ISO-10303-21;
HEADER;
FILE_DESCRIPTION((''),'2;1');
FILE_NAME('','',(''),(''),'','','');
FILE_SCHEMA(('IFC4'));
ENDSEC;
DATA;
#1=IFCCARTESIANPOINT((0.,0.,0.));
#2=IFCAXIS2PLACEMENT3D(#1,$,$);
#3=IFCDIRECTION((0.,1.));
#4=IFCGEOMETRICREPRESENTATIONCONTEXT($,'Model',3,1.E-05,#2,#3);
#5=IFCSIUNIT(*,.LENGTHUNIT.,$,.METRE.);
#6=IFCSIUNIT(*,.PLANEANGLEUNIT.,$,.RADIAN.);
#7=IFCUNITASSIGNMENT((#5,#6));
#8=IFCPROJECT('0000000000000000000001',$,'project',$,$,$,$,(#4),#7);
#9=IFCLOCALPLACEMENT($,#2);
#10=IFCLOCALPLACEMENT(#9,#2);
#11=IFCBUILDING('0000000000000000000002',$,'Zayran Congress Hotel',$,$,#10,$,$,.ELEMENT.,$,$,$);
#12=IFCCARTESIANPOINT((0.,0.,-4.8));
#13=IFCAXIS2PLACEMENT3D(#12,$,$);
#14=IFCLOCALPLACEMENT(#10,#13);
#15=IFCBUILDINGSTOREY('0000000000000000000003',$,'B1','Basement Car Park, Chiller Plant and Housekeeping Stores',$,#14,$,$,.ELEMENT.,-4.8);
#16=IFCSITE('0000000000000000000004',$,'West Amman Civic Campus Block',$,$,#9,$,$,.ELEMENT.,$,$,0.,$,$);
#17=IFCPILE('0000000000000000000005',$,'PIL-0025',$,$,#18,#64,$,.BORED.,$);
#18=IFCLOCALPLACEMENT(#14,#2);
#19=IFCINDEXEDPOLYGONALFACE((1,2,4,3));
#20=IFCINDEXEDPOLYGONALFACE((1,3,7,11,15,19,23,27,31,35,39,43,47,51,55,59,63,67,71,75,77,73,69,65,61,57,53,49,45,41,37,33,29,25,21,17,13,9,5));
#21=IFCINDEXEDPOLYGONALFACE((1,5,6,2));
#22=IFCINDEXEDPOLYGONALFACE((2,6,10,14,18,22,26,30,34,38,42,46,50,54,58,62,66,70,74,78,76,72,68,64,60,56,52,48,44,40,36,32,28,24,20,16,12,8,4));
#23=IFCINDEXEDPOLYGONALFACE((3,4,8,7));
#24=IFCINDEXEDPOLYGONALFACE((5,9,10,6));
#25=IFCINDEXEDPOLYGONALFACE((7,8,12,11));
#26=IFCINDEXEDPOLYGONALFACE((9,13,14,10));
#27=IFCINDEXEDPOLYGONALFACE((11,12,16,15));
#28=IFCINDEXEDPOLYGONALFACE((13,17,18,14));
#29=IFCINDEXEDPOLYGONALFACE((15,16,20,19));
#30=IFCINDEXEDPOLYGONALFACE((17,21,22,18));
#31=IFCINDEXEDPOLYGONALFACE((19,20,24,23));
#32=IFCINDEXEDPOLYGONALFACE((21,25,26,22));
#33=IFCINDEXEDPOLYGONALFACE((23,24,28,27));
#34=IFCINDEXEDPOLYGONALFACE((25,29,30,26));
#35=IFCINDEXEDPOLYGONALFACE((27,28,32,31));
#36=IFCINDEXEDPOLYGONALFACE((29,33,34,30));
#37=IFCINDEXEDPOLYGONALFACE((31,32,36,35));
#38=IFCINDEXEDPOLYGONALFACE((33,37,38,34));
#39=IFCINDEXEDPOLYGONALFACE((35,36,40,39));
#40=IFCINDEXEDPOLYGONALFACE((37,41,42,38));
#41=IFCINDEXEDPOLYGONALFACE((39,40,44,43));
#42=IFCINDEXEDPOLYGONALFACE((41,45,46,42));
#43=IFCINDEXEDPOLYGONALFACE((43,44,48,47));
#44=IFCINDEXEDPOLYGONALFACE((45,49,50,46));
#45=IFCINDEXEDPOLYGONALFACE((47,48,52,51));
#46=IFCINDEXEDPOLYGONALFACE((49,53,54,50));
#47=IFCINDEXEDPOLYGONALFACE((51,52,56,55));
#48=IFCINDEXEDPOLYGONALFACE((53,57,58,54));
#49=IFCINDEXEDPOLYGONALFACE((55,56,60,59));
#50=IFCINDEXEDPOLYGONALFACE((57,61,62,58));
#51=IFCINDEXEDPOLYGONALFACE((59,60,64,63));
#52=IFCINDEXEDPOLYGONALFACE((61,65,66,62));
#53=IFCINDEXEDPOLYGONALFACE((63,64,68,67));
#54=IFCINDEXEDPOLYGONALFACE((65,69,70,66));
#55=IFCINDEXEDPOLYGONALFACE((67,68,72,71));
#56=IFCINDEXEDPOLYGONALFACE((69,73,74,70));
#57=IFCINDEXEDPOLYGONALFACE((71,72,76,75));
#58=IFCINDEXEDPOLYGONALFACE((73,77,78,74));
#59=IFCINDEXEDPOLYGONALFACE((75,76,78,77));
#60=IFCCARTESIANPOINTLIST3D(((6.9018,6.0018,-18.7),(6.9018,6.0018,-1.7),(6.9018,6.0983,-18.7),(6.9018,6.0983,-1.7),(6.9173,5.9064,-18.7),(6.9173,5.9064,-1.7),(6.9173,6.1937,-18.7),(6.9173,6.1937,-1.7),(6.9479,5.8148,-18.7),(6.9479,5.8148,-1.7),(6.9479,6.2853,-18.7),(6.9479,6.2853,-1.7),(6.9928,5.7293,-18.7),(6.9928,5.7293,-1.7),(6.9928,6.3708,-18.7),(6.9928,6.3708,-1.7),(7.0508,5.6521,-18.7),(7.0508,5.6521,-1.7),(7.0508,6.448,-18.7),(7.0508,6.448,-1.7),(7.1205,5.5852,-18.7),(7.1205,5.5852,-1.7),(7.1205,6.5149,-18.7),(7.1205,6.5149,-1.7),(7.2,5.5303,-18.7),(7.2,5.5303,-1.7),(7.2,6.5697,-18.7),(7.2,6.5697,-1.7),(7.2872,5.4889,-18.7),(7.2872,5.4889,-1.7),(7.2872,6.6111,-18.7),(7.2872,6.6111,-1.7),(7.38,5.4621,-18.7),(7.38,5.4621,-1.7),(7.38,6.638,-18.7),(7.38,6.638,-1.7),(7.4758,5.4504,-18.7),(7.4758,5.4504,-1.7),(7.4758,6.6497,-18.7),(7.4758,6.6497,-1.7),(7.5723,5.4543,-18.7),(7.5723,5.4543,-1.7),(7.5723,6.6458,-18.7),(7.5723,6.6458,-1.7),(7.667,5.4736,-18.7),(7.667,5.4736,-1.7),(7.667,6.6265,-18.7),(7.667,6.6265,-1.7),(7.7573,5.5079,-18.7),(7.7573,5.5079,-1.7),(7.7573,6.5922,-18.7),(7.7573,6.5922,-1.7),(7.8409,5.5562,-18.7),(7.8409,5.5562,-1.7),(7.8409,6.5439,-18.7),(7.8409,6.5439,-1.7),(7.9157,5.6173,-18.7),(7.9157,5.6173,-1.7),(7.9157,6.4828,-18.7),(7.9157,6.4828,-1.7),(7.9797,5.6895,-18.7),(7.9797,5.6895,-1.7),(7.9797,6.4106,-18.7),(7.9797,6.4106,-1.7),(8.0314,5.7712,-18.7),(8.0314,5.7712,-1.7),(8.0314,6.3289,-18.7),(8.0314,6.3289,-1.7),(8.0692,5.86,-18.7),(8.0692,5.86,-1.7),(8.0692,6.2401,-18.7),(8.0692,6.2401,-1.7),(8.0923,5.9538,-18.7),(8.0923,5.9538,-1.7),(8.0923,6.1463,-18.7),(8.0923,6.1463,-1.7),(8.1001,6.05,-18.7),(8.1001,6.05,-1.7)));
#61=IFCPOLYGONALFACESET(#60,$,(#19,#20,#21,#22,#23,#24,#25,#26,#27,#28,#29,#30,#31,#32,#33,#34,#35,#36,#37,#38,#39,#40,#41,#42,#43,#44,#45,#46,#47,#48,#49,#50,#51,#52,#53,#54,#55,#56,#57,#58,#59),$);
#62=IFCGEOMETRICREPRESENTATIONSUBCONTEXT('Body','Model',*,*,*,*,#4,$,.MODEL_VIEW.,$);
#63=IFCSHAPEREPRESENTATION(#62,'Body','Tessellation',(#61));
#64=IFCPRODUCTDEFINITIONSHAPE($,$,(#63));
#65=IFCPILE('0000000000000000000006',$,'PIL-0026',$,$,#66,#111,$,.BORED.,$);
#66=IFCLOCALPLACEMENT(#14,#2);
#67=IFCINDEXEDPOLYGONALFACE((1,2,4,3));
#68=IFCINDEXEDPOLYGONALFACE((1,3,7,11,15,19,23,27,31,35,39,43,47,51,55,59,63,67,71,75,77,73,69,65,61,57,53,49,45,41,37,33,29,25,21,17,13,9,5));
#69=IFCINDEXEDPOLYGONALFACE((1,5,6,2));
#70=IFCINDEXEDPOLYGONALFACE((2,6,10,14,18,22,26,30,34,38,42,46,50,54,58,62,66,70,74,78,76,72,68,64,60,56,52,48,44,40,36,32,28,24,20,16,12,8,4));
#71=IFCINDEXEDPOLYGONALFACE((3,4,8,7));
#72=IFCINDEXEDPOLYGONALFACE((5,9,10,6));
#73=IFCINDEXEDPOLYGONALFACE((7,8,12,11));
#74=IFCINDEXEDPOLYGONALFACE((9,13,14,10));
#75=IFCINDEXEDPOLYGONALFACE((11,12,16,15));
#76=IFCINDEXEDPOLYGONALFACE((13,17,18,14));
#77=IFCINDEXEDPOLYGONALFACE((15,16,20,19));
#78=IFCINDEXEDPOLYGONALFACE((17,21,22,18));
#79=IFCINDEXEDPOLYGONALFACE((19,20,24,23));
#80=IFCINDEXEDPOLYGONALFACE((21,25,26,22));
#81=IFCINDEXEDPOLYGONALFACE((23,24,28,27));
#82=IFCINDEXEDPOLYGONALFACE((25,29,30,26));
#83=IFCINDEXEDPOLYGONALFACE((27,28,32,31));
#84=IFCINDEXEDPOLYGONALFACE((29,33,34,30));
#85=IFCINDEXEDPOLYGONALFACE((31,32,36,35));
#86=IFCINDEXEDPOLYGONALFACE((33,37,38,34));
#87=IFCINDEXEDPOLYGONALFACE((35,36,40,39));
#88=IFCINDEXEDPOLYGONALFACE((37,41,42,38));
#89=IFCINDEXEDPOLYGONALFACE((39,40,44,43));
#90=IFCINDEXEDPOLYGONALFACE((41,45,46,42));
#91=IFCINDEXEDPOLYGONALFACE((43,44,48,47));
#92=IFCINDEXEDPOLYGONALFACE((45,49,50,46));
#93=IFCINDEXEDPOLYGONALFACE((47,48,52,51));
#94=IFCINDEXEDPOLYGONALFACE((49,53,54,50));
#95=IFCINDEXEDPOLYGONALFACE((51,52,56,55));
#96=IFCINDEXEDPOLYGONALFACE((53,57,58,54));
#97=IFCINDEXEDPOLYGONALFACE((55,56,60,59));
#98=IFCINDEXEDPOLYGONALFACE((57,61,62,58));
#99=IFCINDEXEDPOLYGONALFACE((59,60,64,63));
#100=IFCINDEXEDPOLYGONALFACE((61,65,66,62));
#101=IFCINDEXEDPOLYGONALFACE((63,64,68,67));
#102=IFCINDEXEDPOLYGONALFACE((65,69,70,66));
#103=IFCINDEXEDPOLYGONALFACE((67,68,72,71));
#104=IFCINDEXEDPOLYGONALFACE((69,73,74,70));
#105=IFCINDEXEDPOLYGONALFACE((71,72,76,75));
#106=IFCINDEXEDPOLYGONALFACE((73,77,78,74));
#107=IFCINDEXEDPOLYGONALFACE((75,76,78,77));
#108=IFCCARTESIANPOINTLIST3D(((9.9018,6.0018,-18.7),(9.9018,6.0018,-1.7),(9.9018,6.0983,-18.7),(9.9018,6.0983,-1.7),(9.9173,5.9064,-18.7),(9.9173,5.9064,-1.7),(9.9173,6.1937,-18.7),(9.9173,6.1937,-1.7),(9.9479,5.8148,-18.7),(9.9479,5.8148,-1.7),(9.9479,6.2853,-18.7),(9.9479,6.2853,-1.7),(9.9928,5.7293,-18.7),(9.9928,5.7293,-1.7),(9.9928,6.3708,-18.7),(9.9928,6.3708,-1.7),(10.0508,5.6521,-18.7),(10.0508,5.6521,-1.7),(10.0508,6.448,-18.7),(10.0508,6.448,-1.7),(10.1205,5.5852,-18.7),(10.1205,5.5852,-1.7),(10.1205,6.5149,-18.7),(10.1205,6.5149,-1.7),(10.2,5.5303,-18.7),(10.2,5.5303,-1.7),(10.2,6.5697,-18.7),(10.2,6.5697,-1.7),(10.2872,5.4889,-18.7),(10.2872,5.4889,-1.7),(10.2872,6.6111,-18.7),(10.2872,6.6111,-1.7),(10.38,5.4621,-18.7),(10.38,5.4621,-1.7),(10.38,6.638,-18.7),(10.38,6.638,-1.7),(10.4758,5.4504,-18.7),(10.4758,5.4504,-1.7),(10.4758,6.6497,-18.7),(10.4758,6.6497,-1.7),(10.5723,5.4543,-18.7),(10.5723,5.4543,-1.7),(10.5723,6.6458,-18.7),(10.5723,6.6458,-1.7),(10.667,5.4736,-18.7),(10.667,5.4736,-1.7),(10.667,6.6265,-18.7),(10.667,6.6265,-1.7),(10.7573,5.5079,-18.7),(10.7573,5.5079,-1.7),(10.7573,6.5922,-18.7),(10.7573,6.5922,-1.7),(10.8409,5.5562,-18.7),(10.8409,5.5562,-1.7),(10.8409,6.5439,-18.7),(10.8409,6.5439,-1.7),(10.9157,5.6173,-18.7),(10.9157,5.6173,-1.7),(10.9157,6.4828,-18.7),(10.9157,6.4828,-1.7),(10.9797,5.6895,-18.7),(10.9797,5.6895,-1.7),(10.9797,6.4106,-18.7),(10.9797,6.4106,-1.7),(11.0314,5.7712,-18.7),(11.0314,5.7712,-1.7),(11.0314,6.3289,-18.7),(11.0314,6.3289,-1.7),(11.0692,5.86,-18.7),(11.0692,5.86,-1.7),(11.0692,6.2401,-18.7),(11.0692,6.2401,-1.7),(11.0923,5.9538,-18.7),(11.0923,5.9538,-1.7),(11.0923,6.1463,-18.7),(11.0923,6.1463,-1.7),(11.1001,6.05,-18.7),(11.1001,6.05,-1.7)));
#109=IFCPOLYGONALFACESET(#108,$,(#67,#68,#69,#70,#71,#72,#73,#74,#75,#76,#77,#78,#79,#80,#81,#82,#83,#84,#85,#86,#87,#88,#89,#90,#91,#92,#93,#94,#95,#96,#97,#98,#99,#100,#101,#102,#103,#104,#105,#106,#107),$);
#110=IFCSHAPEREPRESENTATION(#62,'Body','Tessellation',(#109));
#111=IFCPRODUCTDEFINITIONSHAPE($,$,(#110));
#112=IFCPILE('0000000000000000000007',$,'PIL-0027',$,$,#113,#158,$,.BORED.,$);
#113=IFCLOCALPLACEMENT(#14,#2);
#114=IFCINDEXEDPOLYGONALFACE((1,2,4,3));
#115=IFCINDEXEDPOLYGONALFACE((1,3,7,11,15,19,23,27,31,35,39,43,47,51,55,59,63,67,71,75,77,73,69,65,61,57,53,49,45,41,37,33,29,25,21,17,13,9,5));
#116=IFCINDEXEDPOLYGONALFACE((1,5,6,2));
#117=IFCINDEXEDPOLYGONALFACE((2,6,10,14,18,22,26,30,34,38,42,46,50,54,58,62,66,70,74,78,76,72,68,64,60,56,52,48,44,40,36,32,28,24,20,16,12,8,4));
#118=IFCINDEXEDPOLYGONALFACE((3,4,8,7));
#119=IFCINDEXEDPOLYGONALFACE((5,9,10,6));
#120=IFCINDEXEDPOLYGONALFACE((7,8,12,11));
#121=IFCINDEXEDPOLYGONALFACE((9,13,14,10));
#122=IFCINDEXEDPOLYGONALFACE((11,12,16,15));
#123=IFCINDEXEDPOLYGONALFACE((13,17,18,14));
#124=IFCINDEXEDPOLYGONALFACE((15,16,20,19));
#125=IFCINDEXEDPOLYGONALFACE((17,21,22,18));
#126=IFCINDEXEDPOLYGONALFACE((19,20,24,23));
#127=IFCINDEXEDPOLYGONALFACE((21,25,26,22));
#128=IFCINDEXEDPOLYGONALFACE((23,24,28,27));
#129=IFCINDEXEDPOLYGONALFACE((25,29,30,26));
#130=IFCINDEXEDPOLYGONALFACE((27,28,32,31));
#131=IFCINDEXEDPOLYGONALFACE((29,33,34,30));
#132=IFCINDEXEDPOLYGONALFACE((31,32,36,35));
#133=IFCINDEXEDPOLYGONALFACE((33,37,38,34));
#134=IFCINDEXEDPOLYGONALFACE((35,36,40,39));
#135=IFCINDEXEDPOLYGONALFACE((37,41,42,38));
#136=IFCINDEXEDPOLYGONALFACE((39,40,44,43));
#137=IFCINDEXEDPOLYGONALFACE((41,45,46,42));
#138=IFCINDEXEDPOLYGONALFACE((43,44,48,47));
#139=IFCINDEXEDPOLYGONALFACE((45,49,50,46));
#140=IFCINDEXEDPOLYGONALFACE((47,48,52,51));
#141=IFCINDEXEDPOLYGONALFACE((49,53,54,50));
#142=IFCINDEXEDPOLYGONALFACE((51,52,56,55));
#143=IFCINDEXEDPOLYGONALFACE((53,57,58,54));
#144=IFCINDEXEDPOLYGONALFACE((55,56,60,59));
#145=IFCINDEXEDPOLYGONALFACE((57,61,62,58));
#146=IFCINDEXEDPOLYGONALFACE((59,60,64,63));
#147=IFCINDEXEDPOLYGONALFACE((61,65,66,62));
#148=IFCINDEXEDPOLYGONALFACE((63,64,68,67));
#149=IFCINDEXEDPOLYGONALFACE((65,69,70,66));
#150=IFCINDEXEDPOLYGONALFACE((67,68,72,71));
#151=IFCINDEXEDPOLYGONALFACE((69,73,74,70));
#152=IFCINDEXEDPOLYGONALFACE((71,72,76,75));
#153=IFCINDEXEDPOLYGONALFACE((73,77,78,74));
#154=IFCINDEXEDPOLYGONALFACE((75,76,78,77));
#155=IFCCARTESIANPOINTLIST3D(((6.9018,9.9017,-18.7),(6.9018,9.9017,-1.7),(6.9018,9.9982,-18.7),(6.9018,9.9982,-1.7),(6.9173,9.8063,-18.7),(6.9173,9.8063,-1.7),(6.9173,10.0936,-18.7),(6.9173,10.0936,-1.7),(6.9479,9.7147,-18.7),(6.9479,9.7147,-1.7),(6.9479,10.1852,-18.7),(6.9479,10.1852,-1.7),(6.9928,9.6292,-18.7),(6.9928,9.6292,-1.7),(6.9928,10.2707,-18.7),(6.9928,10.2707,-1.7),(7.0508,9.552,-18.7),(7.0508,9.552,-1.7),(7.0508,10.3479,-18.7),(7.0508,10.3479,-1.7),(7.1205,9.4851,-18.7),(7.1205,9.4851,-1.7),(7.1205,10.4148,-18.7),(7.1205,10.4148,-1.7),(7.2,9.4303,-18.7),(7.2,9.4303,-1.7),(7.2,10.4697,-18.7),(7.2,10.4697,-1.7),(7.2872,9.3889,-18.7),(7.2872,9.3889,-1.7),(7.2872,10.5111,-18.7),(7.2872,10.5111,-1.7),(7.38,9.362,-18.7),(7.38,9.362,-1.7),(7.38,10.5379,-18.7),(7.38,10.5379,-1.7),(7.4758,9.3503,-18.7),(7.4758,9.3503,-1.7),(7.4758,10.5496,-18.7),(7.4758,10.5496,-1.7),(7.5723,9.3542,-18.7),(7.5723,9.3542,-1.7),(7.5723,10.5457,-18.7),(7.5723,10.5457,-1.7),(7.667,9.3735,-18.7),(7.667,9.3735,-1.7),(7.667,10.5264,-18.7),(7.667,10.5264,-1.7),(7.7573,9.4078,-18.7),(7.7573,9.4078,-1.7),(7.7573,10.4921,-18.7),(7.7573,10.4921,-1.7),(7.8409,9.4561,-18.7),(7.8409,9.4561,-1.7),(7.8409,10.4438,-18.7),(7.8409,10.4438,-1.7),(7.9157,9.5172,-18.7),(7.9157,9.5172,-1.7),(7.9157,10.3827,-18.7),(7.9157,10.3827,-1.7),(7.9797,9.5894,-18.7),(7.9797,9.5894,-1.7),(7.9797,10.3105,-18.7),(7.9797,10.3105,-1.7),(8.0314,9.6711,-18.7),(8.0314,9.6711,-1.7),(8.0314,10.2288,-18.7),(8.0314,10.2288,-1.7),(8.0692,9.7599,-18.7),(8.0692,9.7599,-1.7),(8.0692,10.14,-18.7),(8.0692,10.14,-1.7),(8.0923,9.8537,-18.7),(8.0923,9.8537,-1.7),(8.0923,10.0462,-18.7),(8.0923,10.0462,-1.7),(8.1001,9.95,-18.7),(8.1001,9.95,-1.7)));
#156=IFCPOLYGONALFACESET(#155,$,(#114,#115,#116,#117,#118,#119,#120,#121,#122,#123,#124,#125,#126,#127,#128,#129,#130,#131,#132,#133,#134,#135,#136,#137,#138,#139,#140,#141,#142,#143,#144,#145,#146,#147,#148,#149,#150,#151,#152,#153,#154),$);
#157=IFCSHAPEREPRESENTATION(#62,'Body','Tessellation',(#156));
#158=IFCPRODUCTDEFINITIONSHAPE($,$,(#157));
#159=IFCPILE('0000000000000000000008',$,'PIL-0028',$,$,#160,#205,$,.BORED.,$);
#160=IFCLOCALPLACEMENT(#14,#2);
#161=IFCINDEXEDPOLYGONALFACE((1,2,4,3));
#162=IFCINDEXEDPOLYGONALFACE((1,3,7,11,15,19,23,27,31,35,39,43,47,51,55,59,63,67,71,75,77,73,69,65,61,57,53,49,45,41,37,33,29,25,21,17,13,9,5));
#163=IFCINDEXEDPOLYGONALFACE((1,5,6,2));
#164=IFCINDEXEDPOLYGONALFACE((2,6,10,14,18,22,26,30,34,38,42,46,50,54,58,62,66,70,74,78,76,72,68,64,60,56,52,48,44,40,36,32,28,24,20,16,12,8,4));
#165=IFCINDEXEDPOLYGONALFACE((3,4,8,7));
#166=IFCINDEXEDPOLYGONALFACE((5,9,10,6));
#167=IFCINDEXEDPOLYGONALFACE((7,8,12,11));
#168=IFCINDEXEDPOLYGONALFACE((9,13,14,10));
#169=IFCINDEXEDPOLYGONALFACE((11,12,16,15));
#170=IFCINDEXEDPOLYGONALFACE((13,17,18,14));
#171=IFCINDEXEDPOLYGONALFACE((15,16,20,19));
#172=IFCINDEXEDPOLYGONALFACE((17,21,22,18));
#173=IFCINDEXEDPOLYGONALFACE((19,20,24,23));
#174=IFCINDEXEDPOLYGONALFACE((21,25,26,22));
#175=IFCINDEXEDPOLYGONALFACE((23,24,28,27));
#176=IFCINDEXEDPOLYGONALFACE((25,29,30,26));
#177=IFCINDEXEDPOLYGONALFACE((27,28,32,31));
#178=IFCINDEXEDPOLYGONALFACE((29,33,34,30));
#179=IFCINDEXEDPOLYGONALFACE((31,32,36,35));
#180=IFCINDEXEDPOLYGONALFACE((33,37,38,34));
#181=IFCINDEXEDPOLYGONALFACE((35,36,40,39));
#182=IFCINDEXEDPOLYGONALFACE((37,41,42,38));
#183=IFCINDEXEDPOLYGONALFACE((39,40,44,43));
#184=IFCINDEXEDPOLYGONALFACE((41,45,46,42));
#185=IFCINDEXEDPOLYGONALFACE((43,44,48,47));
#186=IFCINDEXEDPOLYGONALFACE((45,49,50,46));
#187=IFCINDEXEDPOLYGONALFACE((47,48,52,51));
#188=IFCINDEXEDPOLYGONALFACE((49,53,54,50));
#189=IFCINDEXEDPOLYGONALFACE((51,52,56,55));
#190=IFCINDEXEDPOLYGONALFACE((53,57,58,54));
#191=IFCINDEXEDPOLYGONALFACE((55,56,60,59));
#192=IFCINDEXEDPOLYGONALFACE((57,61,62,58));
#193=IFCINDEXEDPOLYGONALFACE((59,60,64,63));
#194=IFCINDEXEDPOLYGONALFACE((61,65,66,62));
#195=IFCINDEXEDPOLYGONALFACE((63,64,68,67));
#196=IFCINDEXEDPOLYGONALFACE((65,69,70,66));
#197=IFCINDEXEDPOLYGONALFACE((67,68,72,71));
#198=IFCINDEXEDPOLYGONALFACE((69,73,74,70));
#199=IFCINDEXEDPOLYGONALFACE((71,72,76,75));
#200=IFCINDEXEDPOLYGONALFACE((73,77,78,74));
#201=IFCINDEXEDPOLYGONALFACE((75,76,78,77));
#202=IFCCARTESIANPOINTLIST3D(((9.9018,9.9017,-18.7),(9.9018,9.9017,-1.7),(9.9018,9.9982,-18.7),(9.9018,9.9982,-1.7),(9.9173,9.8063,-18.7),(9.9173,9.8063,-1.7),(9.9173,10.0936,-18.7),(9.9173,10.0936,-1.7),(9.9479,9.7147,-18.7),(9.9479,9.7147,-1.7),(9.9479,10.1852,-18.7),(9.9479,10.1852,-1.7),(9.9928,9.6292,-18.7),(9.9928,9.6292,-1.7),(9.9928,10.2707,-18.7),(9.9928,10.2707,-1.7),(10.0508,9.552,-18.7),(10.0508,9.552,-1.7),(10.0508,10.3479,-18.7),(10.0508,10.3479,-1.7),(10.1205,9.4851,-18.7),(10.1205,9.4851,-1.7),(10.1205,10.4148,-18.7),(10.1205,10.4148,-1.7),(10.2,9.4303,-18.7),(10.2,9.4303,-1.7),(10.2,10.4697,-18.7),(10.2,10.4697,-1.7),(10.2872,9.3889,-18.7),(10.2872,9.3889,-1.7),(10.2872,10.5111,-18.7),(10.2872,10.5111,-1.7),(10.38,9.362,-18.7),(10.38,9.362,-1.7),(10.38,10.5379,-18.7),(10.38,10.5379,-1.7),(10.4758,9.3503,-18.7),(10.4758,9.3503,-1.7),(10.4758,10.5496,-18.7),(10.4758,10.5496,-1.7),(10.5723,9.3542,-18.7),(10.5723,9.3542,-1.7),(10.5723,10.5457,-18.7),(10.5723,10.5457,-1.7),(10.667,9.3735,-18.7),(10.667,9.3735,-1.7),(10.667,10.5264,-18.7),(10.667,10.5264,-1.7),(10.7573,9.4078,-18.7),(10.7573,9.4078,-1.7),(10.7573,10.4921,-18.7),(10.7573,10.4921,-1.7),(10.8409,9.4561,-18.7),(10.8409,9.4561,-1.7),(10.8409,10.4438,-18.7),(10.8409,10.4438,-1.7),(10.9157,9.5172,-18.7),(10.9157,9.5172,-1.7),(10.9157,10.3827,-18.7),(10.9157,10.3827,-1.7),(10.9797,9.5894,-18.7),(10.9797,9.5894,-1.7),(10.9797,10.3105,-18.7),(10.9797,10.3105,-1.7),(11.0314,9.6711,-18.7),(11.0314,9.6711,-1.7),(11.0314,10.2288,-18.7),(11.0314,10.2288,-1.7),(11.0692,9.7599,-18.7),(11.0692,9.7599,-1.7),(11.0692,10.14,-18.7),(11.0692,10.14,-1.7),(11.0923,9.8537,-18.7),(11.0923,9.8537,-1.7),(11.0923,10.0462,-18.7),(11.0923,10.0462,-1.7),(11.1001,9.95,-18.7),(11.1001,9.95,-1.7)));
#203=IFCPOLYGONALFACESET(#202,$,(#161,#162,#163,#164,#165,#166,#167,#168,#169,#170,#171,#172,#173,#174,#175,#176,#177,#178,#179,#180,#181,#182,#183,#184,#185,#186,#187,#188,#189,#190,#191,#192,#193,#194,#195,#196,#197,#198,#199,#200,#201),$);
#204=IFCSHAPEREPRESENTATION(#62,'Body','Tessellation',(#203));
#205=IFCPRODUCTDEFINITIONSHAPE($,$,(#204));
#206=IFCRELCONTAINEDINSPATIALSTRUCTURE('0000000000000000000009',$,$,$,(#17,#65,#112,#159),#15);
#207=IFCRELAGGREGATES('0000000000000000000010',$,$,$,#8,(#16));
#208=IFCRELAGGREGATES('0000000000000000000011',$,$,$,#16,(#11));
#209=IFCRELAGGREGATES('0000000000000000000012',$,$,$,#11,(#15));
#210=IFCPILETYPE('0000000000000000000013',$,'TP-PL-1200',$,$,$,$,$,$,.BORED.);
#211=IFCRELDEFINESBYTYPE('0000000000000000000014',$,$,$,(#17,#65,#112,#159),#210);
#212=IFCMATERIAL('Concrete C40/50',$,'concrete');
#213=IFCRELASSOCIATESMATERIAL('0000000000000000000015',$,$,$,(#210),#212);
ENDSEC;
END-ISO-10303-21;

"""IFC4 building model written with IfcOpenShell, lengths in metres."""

from ifc_helpers import new_model, si_unit, direction, frame, origin, origin_2d, place, context, subcontext, project, spatial, circle, extrude, material, material_profile, profile_set, type_object, element, save


model = new_model("IFC4")

# Units and contexts
model_context = context("Model", 3, precision=1e-05, world=origin(), true_north=direction((0.0, 1.0)))
body_context = subcontext(model_context, "Body", "Model", "MODEL_VIEW")
ifc_project = project(units=[si_unit("LENGTHUNIT", "METRE"), si_unit("PLANEANGLEUNIT", "RADIAN")], contexts=[model_context])

# Site, building, storey
site_placement = place(None, origin())
site = spatial("IfcSite", under=ifc_project, at=site_placement, Name="West Amman Civic Campus Block", CompositionType="ELEMENT", RefElevation=0.0)
building_placement = place(site_placement, origin())
building = spatial("IfcBuilding", under=site, at=building_placement, Name="Zayran Congress Hotel", CompositionType="ELEMENT")
storey_placement = place(building_placement, frame((0.0, 0.0, -4.8)))
storey = spatial("IfcBuildingStorey", under=building, at=storey_placement, Name="B1", Description="Basement Car Park, Chiller Plant and Housekeeping Stores", CompositionType="ELEMENT", Elevation=-4.8)

# Piles
ifc_material_1 = material(Name="Concrete C40/50", Category="concrete")
ifc_material_profile_1 = material_profile(ifc_material_1, circle(Radius=0.6001, at=origin_2d()), Name="PILE D1200")
ifc_profile_set_1 = profile_set([ifc_material_profile_1], Name="Concrete C40/50")
pile_type = type_object("IfcPileType", Name="TP-PL-1200", PredefinedType="BORED", material=ifc_profile_set_1)
for number, where, z_axis, x_axis, name in (
    (1, (7.5, 6.05, -1.7), (0.0, 0.0, -1.0), (1.0, 0.0, 0.0), "PIL-0025"),
    (2, (10.5, 6.05, -1.7), (0.0, 0.0, -1.0), (1.0, 0.0, 0.0), "PIL-0026"),
    (3, (7.5, 9.95, -1.7), (0.0, 0.0, -1.0), (1.0, 0.0, 0.0), "PIL-0027"),
    (4, (10.5, 9.95, -1.7), (0.0, 0.0, -1.0), (1.0, 0.0, 0.0), "PIL-0028"),
):
    element("IfcPile", number, at=place(storey_placement, frame(where, z_axis=z_axis, x_axis=x_axis)), inside=storey, type_object=pile_type, Name=name, PredefinedType="BORED", context=body_context, shape_type="SweptSolid", body=[
        extrude(circle(Radius=0.6001, at=origin_2d()), origin(), (0.0, 0.0, 1.0), 17.0),
    ])

save(model, "model.ifc")
